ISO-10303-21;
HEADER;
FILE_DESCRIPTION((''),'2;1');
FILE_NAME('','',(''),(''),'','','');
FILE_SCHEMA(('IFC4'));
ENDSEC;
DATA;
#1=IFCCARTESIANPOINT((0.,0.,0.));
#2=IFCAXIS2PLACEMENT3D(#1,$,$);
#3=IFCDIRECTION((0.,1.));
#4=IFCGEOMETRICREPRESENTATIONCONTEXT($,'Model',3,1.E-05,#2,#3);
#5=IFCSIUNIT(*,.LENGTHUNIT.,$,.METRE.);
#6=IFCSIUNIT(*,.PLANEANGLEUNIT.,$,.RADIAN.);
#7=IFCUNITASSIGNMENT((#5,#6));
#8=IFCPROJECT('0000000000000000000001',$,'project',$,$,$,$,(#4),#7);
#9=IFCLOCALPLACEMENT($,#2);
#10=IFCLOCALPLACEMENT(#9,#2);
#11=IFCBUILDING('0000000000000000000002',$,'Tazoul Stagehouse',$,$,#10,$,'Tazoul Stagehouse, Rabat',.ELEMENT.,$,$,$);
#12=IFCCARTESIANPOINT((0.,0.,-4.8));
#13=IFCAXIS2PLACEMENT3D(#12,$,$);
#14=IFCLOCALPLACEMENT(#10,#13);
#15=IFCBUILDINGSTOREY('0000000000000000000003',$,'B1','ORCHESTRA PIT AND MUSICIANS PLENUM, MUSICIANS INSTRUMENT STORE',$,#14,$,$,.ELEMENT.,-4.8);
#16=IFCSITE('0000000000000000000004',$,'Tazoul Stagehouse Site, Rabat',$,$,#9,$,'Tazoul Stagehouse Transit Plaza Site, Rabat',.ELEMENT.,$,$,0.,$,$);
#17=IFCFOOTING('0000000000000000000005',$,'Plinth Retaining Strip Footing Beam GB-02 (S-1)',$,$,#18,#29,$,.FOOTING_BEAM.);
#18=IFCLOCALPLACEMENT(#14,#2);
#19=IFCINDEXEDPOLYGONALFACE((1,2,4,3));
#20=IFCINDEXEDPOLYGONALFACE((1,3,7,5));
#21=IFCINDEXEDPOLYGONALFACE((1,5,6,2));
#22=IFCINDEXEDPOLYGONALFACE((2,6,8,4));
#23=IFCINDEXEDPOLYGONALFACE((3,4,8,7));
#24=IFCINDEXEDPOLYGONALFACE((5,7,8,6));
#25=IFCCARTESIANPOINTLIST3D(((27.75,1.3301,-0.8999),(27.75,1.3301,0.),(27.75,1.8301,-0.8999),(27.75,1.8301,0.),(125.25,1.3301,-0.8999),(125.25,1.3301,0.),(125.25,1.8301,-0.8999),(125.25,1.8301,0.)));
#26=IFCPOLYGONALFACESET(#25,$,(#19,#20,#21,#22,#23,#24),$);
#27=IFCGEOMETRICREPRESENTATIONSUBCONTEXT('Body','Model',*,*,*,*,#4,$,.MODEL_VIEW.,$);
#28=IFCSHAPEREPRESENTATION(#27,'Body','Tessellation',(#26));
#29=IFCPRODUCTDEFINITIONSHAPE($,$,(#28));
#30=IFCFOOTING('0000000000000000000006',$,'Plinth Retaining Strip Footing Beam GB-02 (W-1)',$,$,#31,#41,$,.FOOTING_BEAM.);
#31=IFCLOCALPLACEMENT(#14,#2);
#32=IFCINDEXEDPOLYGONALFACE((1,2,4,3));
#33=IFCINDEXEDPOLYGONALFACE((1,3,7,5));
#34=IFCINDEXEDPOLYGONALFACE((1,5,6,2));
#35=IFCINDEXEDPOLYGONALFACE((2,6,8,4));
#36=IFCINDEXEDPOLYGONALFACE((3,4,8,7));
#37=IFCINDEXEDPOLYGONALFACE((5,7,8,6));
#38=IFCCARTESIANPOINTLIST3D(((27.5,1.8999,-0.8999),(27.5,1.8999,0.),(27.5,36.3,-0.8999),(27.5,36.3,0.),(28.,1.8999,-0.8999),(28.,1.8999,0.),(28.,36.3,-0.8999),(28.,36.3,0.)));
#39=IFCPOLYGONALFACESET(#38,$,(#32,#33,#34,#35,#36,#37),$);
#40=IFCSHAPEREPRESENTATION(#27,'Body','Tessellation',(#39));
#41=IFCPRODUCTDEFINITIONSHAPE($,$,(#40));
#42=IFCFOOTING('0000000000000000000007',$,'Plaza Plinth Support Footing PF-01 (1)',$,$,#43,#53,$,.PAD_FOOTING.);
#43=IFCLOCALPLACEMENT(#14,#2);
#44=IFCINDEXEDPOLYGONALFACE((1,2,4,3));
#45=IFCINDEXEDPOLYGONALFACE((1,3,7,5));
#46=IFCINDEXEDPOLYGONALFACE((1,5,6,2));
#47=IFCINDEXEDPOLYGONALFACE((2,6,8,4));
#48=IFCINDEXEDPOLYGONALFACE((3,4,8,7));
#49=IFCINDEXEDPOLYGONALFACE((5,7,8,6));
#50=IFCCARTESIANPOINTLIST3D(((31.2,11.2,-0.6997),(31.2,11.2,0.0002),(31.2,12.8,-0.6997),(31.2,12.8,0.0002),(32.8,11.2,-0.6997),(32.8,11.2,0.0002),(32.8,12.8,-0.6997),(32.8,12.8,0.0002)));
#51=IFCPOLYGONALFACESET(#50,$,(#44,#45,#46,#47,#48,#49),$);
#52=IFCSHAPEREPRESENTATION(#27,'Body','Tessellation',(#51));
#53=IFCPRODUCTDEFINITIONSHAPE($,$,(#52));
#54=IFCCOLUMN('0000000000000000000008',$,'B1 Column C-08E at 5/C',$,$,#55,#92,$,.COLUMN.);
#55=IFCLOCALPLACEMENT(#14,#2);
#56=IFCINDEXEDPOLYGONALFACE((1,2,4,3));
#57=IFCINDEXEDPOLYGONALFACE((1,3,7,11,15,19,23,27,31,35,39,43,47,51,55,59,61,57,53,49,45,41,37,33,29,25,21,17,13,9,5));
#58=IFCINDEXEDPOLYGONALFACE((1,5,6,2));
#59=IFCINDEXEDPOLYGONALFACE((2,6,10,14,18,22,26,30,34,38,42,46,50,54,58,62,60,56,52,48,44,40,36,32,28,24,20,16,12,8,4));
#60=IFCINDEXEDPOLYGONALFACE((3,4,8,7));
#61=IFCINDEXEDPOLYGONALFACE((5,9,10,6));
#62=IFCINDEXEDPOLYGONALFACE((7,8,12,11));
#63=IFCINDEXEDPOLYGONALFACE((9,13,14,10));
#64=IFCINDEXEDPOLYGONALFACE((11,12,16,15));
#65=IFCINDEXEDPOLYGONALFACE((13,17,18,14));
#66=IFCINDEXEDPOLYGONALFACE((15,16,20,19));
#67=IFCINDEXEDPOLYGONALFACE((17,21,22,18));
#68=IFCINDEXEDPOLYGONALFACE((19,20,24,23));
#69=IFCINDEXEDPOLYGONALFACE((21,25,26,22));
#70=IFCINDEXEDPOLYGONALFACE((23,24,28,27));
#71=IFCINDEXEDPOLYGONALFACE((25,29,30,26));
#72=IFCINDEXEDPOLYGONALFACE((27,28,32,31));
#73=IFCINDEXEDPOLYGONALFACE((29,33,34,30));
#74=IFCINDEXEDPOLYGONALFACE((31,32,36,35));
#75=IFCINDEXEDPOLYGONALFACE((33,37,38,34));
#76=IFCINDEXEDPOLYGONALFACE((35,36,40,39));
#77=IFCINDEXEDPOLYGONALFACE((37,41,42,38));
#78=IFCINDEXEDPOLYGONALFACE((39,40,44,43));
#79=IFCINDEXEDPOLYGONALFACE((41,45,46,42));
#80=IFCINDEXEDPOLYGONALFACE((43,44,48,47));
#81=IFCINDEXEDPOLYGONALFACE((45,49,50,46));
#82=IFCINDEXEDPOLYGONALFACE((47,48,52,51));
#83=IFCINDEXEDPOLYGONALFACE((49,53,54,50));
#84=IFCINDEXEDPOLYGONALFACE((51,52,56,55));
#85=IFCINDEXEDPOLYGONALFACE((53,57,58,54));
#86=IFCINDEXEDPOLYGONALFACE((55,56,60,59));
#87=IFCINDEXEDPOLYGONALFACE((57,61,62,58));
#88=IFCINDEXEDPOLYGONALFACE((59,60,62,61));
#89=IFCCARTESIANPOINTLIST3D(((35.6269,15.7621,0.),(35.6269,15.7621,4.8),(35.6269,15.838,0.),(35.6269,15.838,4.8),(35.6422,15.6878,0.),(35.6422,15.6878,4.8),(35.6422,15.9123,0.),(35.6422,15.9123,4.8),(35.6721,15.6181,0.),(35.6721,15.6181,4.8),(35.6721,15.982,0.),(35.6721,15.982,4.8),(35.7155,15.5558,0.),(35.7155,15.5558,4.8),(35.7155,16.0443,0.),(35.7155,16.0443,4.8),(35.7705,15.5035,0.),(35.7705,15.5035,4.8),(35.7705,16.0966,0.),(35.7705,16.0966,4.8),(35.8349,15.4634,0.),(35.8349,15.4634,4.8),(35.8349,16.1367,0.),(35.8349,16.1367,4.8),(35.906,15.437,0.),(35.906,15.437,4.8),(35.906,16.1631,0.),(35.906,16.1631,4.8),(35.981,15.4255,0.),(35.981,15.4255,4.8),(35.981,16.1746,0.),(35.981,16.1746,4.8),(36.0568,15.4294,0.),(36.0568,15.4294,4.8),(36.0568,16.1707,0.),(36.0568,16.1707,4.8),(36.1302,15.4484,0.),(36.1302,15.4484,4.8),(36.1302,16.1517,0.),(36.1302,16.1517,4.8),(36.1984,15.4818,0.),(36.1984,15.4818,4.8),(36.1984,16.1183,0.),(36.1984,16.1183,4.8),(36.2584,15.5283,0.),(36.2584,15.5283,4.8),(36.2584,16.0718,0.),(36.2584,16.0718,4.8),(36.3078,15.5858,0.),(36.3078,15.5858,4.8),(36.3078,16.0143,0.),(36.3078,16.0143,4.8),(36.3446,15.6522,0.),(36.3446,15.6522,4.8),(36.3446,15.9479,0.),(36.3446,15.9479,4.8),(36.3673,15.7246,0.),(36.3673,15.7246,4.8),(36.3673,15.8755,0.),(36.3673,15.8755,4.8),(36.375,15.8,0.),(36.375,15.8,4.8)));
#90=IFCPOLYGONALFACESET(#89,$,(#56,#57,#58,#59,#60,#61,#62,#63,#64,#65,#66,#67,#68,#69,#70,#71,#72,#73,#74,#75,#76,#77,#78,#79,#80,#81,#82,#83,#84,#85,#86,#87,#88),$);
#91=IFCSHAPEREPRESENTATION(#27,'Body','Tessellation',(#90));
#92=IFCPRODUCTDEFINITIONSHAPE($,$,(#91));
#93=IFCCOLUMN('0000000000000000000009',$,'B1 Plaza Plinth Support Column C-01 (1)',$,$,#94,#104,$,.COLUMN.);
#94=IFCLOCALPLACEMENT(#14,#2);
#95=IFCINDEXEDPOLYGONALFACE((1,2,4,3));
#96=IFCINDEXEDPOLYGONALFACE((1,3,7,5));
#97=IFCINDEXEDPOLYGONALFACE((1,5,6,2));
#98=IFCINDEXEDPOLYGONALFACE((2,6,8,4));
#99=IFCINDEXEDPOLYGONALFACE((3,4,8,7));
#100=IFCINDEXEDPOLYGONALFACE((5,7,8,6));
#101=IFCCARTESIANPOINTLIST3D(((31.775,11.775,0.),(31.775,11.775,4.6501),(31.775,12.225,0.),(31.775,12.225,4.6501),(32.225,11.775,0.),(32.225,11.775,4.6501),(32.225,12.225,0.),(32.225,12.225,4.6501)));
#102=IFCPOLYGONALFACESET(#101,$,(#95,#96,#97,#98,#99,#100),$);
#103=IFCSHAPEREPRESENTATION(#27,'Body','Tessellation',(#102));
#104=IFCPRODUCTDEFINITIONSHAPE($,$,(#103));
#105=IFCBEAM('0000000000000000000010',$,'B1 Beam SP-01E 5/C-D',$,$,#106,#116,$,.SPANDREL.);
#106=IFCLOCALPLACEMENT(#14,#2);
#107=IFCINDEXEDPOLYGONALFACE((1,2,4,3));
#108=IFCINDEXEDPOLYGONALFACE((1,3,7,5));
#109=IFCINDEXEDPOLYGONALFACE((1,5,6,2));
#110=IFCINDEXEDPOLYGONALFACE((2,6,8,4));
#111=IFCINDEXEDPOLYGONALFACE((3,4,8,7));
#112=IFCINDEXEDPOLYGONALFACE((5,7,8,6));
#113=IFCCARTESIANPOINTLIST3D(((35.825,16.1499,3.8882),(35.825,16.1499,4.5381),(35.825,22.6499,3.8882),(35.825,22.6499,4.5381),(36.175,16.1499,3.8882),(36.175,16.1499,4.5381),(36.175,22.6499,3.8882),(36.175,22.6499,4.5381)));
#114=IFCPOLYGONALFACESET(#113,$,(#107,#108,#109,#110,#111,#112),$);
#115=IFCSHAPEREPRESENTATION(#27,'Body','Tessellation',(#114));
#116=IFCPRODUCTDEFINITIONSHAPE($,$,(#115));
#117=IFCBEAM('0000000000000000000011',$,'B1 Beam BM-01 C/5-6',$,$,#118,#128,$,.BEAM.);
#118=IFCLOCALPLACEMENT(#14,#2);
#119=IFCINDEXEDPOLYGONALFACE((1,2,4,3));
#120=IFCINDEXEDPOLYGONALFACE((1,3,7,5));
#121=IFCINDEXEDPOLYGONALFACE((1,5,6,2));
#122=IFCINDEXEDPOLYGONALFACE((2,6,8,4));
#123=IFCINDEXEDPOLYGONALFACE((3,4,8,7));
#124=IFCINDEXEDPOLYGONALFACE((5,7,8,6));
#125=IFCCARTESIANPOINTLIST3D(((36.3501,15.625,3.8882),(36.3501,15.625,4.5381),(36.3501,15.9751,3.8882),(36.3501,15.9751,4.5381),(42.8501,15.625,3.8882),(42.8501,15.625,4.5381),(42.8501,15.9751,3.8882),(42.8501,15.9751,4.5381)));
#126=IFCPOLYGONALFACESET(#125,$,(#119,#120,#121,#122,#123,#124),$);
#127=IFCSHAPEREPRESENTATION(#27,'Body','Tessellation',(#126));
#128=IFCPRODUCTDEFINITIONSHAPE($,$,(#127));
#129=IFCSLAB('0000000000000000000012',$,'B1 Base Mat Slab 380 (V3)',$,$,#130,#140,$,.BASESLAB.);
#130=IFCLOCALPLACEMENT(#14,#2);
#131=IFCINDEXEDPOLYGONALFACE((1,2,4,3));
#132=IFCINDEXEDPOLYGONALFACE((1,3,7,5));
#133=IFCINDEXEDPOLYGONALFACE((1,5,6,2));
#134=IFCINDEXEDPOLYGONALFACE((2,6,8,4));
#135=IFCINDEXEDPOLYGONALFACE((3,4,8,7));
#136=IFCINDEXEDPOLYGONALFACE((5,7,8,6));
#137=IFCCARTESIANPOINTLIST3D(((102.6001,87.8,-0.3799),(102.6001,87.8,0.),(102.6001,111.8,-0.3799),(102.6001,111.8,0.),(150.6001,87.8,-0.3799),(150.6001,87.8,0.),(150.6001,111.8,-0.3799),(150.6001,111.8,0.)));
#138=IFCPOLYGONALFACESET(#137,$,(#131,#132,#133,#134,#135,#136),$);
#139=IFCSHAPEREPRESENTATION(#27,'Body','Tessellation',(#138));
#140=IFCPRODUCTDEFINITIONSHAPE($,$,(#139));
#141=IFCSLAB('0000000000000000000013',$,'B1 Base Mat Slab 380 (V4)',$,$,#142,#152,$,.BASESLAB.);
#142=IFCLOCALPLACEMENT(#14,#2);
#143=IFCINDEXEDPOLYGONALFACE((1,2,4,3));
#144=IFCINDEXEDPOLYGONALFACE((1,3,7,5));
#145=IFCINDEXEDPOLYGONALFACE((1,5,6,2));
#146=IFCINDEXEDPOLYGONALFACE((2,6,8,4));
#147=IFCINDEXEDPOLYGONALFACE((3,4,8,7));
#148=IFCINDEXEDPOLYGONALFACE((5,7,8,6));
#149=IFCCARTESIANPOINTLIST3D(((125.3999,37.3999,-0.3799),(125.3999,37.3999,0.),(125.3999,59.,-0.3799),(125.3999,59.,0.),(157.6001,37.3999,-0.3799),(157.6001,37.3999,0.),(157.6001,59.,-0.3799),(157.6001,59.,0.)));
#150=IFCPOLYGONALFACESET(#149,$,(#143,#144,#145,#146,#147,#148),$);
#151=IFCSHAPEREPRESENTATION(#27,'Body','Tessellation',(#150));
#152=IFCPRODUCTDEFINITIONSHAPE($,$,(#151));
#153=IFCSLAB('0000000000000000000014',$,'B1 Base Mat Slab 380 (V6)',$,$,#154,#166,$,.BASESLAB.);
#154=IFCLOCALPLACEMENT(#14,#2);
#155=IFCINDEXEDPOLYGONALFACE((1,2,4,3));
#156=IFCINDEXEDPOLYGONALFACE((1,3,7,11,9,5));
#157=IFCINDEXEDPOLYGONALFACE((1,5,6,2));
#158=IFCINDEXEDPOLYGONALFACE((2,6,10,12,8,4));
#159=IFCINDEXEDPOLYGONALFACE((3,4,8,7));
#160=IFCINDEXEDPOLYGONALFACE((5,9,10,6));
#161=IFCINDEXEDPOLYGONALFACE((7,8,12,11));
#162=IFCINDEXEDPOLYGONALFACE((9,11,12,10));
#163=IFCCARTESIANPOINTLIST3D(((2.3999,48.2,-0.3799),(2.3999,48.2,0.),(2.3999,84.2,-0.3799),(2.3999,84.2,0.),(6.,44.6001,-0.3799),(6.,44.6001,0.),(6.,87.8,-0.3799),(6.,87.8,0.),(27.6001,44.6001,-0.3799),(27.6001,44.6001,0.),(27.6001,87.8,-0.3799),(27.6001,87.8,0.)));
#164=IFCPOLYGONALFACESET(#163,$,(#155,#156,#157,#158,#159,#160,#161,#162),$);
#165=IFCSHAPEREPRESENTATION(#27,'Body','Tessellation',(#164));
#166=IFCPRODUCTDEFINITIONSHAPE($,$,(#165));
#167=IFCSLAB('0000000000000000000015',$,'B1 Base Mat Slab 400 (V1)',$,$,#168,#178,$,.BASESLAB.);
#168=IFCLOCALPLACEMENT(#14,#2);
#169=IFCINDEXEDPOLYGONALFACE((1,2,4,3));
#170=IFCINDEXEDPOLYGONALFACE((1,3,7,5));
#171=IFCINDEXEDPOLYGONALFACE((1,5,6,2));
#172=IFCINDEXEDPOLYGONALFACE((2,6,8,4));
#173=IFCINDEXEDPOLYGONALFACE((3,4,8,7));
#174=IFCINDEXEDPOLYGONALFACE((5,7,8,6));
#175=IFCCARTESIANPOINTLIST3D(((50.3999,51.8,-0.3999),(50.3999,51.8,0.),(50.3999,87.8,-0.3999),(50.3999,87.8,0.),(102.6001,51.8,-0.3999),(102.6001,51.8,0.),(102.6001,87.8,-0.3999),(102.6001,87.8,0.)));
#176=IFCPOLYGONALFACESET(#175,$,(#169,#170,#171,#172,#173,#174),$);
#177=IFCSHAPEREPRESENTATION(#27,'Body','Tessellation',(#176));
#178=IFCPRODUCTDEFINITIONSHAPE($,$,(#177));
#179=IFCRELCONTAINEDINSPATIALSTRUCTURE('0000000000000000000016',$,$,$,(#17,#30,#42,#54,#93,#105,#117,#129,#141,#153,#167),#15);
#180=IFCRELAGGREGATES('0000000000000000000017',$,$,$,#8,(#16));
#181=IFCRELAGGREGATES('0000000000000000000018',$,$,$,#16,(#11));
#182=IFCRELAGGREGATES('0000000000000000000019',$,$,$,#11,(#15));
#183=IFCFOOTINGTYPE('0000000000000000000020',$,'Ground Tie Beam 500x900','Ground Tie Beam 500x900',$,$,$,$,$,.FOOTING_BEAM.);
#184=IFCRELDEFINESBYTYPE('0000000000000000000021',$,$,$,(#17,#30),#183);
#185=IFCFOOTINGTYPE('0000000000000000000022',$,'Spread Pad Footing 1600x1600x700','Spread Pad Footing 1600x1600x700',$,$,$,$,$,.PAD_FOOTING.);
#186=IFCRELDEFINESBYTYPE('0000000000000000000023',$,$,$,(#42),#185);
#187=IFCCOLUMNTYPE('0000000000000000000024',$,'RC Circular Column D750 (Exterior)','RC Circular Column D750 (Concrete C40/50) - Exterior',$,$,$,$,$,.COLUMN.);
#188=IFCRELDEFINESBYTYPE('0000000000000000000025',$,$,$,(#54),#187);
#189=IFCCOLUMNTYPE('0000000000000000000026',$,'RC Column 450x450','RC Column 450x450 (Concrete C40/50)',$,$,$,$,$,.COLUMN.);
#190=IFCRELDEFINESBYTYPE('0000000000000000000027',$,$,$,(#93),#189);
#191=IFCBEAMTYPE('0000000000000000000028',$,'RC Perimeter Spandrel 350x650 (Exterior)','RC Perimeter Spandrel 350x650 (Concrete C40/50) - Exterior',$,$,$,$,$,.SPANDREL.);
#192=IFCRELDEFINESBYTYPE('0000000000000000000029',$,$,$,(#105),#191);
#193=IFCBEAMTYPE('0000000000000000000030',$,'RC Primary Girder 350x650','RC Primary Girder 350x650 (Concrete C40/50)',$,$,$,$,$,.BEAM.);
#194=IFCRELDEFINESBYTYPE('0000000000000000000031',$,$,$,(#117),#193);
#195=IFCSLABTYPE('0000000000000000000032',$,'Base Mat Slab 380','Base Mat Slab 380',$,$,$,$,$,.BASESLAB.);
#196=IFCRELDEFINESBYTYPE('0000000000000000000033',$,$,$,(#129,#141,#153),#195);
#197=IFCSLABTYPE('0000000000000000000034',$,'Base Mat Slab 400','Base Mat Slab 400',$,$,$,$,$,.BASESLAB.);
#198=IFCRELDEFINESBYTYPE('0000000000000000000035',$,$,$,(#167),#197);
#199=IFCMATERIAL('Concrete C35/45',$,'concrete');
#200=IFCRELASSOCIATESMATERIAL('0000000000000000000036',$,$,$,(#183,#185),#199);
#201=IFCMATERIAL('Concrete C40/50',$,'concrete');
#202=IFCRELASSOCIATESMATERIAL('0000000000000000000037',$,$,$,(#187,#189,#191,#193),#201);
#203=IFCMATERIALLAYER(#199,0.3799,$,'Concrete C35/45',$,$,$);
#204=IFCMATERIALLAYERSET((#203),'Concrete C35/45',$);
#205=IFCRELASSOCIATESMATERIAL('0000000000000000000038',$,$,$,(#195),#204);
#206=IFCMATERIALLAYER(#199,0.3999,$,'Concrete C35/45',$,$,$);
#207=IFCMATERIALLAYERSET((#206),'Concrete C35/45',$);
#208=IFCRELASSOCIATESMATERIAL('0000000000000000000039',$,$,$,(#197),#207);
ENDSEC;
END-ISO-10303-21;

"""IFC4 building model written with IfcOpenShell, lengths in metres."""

from ifc_helpers import new_model, si_unit, direction, frame, origin, origin_2d, place, context, subcontext, project, spatial, polyline, rectangle, circle, outline, extrude, material, layer, layer_set, material_profile, profile_set, type_object, element, save


model = new_model("IFC4")

# Units and contexts
model_context = context("Model", 3, precision=1e-05, world=origin(), true_north=direction((0.0, 1.0)))
body_context = subcontext(model_context, "Body", "Model", "MODEL_VIEW")
ifc_project = project(units=[si_unit("LENGTHUNIT", "METRE"), si_unit("PLANEANGLEUNIT", "RADIAN")], contexts=[model_context])

# Site, building, storey
site_placement = place(None, origin())
site = spatial("IfcSite", under=ifc_project, at=site_placement, Name="Tazoul Stagehouse Site, Rabat", LongName="Tazoul Stagehouse Transit Plaza Site, Rabat", CompositionType="ELEMENT", RefElevation=0.0)
building_placement = place(site_placement, origin())
building = spatial("IfcBuilding", under=site, at=building_placement, Name="Tazoul Stagehouse", LongName="Tazoul Stagehouse, Rabat", CompositionType="ELEMENT")
storey_placement = place(building_placement, frame((0.0, 0.0, -4.8)))
storey = spatial("IfcBuildingStorey", under=building, at=storey_placement, Name="B1", Description="ORCHESTRA PIT AND MUSICIANS PLENUM, MUSICIANS INSTRUMENT STORE", CompositionType="ELEMENT", Elevation=-4.8)

# Shared definitions
ifc_material_1 = material(Name="Concrete C35/45", Category="concrete")

# Footings
ifc_material_profile_1 = material_profile(ifc_material_1, rectangle(XDim=0.5, YDim=0.8999, at=origin_2d()), Name="RC 500x900")
ifc_profile_set_1 = profile_set([ifc_material_profile_1], Name="Concrete C35/45")
footing_type_1 = type_object("IfcFootingType", Name="Ground Tie Beam 500x900", Description="Ground Tie Beam 500x900", PredefinedType="FOOTING_BEAM", material=ifc_profile_set_1)
footing_1_placement = place(storey_placement, frame((27.75, 1.5801, -0.45), z_axis=(1.0, 0.0, 0.0), x_axis=(0.0, 1.0, 0.0)))
element("IfcFooting", 1, at=footing_1_placement, inside=storey, type_object=footing_type_1, Name="Plinth Retaining Strip Footing Beam GB-02 (S-1)", PredefinedType="FOOTING_BEAM", context=body_context, shape_type="SweptSolid", body=[
    extrude(rectangle(XDim=0.5, YDim=0.8999, at=origin_2d()), origin(), (0.0, 0.0, 1.0), 97.5),
])
footing_2_placement = place(storey_placement, frame((27.75, 1.8999, -0.45), z_axis=(0.0, 1.0, 0.0), x_axis=(-1.0, 0.0, 0.0)))
element("IfcFooting", 2, at=footing_2_placement, inside=storey, type_object=footing_type_1, Name="Plinth Retaining Strip Footing Beam GB-02 (W-1)", PredefinedType="FOOTING_BEAM", context=body_context, shape_type="SweptSolid", body=[
    extrude(rectangle(XDim=0.5, YDim=0.8999, at=origin_2d()), origin(), (0.0, 0.0, 1.0), 34.4001),
])
footing_type_2 = type_object("IfcFootingType", Name="Spread Pad Footing 1600x1600x700", Description="Spread Pad Footing 1600x1600x700", PredefinedType="PAD_FOOTING", material=ifc_material_1)
footing_3_placement = place(storey_placement, frame((32.0, 12.0, -0.6997), z_axis=(0.0, 0.0, 1.0), x_axis=(1.0, 0.0, 0.0)))
element("IfcFooting", 3, at=footing_3_placement, inside=storey, type_object=footing_type_2, Name="Plaza Plinth Support Footing PF-01 (1)", PredefinedType="PAD_FOOTING", context=body_context, shape_type="SweptSolid", body=[
    extrude(rectangle(XDim=1.6001, YDim=1.6001, at=origin_2d()), origin(), (0.0, 0.0, 1.0), 0.7),
])

# Columns
ifc_material_2 = material(Name="Concrete C40/50", Category="concrete")
ifc_material_profile_2 = material_profile(ifc_material_2, circle(Radius=0.375, at=origin_2d()), Name="RC D750")
ifc_profile_set_2 = profile_set([ifc_material_profile_2], Name="Concrete C40/50")
column_type_1 = type_object("IfcColumnType", Name="RC Circular Column D750 (Exterior)", Description="RC Circular Column D750 (Concrete C40/50) - Exterior", PredefinedType="COLUMN", material=ifc_profile_set_2)
column_1_placement = place(storey_placement, frame((36.0, 15.8, 0.0), z_axis=(0.0, 0.0, 1.0), x_axis=(1.0, 0.0, 0.0)))
element("IfcColumn", 4, at=column_1_placement, inside=storey, type_object=column_type_1, Name="B1 Column C-08E at 5/C", PredefinedType="COLUMN", context=body_context, shape_type="SweptSolid", body=[
    extrude(circle(Radius=0.375, at=origin_2d()), origin(), (0.0, 0.0, 1.0), 4.8),
])
ifc_material_profile_3 = material_profile(ifc_material_2, rectangle(XDim=0.45, YDim=0.45, at=origin_2d()), Name="RC 450x450")
ifc_profile_set_3 = profile_set([ifc_material_profile_3], Name="Concrete C40/50")
column_type_2 = type_object("IfcColumnType", Name="RC Column 450x450", Description="RC Column 450x450 (Concrete C40/50)", PredefinedType="COLUMN", material=ifc_profile_set_3)
column_2_placement = place(storey_placement, frame((32.0, 12.0, 0.0), z_axis=(0.0, 0.0, 1.0), x_axis=(1.0, 0.0, 0.0)))
element("IfcColumn", 5, at=column_2_placement, inside=storey, type_object=column_type_2, Name="B1 Plaza Plinth Support Column C-01 (1)", PredefinedType="COLUMN", context=body_context, shape_type="SweptSolid", body=[
    extrude(rectangle(XDim=0.45, YDim=0.45, at=origin_2d()), origin(), (0.0, 0.0, 1.0), 4.6501),
])

# Beams
ifc_material_profile_4 = material_profile(ifc_material_2, rectangle(XDim=0.3501, YDim=0.6499, at=origin_2d()), Name="RC 350x650")
ifc_profile_set_4 = profile_set([ifc_material_profile_4], Name="Concrete C40/50")
beam_type_1 = type_object("IfcBeamType", Name="RC Perimeter Spandrel 350x650 (Exterior)", Description="RC Perimeter Spandrel 350x650 (Concrete C40/50) - Exterior", PredefinedType="SPANDREL", material=ifc_profile_set_4)
beam_1_placement = place(storey_placement, frame((36.0, 16.1499, 4.2131), z_axis=(0.0, 1.0, 0.0), x_axis=(-1.0, 0.0, 0.0)))
element("IfcBeam", 6, at=beam_1_placement, inside=storey, type_object=beam_type_1, Name="B1 Beam SP-01E 5/C-D", PredefinedType="SPANDREL", context=body_context, shape_type="SweptSolid", body=[
    extrude(rectangle(XDim=0.3501, YDim=0.6499, at=origin_2d()), origin(), (0.0, 0.0, 1.0), 6.5),
])
ifc_material_profile_5 = material_profile(ifc_material_2, rectangle(XDim=0.3501, YDim=0.6499, at=origin_2d()), Name="RC 350x650")
ifc_profile_set_5 = profile_set([ifc_material_profile_5], Name="Concrete C40/50")
beam_type_2 = type_object("IfcBeamType", Name="RC Primary Girder 350x650", Description="RC Primary Girder 350x650 (Concrete C40/50)", PredefinedType="BEAM", material=ifc_profile_set_5)
beam_2_placement = place(storey_placement, frame((36.3501, 15.8, 4.2131), z_axis=(1.0, 0.0, 0.0), x_axis=(0.0, 1.0, 0.0)))
element("IfcBeam", 7, at=beam_2_placement, inside=storey, type_object=beam_type_2, Name="B1 Beam BM-01 C/5-6", PredefinedType="BEAM", context=body_context, shape_type="SweptSolid", body=[
    extrude(rectangle(XDim=0.3501, YDim=0.6499, at=origin_2d()), origin(), (0.0, 0.0, 1.0), 6.5),
])

# Slabs
ifc_layer_1 = layer(ifc_material_1, 0.3799, Name="Concrete C35/45")
ifc_layer_set_1 = layer_set([ifc_layer_1], Name="Concrete C35/45")
slab_type_1 = type_object("IfcSlabType", Name="Base Mat Slab 380", Description="Base Mat Slab 380", PredefinedType="BASESLAB", material=ifc_layer_set_1)
slab_1_placement = place(storey_placement, frame((0.0, 0.0, -0.3799)))
element("IfcSlab", 8, at=slab_1_placement, inside=storey, type_object=slab_type_1, Name="B1 Base Mat Slab 380 (V3)", PredefinedType="BASESLAB", context=body_context, shape_type="SweptSolid", body=[
    extrude(outline(polyline([(102.6001, 87.8), (102.6001, 111.8), (150.6001, 111.8), (150.6001, 87.8), (102.6001, 87.8)])), origin(), (0.0, 0.0, 1.0), 0.3799),
])
slab_2_placement = place(storey_placement, frame((0.0, 0.0, -0.3799)))
element("IfcSlab", 9, at=slab_2_placement, inside=storey, type_object=slab_type_1, Name="B1 Base Mat Slab 380 (V4)", PredefinedType="BASESLAB", context=body_context, shape_type="SweptSolid", body=[
    extrude(outline(polyline([(125.3999, 37.3999), (125.3999, 59.0), (157.6001, 59.0), (157.6001, 37.3999), (125.3999, 37.3999)])), origin(), (0.0, 0.0, 1.0), 0.3799),
])
slab_3_placement = place(storey_placement, frame((0.0, 0.0, -0.3799)))
element("IfcSlab", 10, at=slab_3_placement, inside=storey, type_object=slab_type_1, Name="B1 Base Mat Slab 380 (V6)", PredefinedType="BASESLAB", context=body_context, shape_type="SweptSolid", body=[
    extrude(outline(polyline([(6.0, 44.6001), (2.3999, 48.2), (2.3999, 84.2), (6.0, 87.8), (27.6001, 87.8), (27.6001, 44.6001), (6.0, 44.6001)])), origin(), (0.0, 0.0, 1.0), 0.3799),
])
ifc_layer_2 = layer(ifc_material_1, 0.3999, Name="Concrete C35/45")
ifc_layer_set_2 = layer_set([ifc_layer_2], Name="Concrete C35/45")
slab_type_2 = type_object("IfcSlabType", Name="Base Mat Slab 400", Description="Base Mat Slab 400", PredefinedType="BASESLAB", material=ifc_layer_set_2)
slab_4_placement = place(storey_placement, frame((0.0, 0.0, -0.3999)))
element("IfcSlab", 11, at=slab_4_placement, inside=storey, type_object=slab_type_2, Name="B1 Base Mat Slab 400 (V1)", PredefinedType="BASESLAB", context=body_context, shape_type="SweptSolid", body=[
    extrude(outline(polyline([(50.3999, 51.8), (50.3999, 87.8), (102.6001, 87.8), (102.6001, 51.8), (50.3999, 51.8)])), origin(), (0.0, 0.0, 1.0), 0.3999),
])

save(model, "model.ifc")
